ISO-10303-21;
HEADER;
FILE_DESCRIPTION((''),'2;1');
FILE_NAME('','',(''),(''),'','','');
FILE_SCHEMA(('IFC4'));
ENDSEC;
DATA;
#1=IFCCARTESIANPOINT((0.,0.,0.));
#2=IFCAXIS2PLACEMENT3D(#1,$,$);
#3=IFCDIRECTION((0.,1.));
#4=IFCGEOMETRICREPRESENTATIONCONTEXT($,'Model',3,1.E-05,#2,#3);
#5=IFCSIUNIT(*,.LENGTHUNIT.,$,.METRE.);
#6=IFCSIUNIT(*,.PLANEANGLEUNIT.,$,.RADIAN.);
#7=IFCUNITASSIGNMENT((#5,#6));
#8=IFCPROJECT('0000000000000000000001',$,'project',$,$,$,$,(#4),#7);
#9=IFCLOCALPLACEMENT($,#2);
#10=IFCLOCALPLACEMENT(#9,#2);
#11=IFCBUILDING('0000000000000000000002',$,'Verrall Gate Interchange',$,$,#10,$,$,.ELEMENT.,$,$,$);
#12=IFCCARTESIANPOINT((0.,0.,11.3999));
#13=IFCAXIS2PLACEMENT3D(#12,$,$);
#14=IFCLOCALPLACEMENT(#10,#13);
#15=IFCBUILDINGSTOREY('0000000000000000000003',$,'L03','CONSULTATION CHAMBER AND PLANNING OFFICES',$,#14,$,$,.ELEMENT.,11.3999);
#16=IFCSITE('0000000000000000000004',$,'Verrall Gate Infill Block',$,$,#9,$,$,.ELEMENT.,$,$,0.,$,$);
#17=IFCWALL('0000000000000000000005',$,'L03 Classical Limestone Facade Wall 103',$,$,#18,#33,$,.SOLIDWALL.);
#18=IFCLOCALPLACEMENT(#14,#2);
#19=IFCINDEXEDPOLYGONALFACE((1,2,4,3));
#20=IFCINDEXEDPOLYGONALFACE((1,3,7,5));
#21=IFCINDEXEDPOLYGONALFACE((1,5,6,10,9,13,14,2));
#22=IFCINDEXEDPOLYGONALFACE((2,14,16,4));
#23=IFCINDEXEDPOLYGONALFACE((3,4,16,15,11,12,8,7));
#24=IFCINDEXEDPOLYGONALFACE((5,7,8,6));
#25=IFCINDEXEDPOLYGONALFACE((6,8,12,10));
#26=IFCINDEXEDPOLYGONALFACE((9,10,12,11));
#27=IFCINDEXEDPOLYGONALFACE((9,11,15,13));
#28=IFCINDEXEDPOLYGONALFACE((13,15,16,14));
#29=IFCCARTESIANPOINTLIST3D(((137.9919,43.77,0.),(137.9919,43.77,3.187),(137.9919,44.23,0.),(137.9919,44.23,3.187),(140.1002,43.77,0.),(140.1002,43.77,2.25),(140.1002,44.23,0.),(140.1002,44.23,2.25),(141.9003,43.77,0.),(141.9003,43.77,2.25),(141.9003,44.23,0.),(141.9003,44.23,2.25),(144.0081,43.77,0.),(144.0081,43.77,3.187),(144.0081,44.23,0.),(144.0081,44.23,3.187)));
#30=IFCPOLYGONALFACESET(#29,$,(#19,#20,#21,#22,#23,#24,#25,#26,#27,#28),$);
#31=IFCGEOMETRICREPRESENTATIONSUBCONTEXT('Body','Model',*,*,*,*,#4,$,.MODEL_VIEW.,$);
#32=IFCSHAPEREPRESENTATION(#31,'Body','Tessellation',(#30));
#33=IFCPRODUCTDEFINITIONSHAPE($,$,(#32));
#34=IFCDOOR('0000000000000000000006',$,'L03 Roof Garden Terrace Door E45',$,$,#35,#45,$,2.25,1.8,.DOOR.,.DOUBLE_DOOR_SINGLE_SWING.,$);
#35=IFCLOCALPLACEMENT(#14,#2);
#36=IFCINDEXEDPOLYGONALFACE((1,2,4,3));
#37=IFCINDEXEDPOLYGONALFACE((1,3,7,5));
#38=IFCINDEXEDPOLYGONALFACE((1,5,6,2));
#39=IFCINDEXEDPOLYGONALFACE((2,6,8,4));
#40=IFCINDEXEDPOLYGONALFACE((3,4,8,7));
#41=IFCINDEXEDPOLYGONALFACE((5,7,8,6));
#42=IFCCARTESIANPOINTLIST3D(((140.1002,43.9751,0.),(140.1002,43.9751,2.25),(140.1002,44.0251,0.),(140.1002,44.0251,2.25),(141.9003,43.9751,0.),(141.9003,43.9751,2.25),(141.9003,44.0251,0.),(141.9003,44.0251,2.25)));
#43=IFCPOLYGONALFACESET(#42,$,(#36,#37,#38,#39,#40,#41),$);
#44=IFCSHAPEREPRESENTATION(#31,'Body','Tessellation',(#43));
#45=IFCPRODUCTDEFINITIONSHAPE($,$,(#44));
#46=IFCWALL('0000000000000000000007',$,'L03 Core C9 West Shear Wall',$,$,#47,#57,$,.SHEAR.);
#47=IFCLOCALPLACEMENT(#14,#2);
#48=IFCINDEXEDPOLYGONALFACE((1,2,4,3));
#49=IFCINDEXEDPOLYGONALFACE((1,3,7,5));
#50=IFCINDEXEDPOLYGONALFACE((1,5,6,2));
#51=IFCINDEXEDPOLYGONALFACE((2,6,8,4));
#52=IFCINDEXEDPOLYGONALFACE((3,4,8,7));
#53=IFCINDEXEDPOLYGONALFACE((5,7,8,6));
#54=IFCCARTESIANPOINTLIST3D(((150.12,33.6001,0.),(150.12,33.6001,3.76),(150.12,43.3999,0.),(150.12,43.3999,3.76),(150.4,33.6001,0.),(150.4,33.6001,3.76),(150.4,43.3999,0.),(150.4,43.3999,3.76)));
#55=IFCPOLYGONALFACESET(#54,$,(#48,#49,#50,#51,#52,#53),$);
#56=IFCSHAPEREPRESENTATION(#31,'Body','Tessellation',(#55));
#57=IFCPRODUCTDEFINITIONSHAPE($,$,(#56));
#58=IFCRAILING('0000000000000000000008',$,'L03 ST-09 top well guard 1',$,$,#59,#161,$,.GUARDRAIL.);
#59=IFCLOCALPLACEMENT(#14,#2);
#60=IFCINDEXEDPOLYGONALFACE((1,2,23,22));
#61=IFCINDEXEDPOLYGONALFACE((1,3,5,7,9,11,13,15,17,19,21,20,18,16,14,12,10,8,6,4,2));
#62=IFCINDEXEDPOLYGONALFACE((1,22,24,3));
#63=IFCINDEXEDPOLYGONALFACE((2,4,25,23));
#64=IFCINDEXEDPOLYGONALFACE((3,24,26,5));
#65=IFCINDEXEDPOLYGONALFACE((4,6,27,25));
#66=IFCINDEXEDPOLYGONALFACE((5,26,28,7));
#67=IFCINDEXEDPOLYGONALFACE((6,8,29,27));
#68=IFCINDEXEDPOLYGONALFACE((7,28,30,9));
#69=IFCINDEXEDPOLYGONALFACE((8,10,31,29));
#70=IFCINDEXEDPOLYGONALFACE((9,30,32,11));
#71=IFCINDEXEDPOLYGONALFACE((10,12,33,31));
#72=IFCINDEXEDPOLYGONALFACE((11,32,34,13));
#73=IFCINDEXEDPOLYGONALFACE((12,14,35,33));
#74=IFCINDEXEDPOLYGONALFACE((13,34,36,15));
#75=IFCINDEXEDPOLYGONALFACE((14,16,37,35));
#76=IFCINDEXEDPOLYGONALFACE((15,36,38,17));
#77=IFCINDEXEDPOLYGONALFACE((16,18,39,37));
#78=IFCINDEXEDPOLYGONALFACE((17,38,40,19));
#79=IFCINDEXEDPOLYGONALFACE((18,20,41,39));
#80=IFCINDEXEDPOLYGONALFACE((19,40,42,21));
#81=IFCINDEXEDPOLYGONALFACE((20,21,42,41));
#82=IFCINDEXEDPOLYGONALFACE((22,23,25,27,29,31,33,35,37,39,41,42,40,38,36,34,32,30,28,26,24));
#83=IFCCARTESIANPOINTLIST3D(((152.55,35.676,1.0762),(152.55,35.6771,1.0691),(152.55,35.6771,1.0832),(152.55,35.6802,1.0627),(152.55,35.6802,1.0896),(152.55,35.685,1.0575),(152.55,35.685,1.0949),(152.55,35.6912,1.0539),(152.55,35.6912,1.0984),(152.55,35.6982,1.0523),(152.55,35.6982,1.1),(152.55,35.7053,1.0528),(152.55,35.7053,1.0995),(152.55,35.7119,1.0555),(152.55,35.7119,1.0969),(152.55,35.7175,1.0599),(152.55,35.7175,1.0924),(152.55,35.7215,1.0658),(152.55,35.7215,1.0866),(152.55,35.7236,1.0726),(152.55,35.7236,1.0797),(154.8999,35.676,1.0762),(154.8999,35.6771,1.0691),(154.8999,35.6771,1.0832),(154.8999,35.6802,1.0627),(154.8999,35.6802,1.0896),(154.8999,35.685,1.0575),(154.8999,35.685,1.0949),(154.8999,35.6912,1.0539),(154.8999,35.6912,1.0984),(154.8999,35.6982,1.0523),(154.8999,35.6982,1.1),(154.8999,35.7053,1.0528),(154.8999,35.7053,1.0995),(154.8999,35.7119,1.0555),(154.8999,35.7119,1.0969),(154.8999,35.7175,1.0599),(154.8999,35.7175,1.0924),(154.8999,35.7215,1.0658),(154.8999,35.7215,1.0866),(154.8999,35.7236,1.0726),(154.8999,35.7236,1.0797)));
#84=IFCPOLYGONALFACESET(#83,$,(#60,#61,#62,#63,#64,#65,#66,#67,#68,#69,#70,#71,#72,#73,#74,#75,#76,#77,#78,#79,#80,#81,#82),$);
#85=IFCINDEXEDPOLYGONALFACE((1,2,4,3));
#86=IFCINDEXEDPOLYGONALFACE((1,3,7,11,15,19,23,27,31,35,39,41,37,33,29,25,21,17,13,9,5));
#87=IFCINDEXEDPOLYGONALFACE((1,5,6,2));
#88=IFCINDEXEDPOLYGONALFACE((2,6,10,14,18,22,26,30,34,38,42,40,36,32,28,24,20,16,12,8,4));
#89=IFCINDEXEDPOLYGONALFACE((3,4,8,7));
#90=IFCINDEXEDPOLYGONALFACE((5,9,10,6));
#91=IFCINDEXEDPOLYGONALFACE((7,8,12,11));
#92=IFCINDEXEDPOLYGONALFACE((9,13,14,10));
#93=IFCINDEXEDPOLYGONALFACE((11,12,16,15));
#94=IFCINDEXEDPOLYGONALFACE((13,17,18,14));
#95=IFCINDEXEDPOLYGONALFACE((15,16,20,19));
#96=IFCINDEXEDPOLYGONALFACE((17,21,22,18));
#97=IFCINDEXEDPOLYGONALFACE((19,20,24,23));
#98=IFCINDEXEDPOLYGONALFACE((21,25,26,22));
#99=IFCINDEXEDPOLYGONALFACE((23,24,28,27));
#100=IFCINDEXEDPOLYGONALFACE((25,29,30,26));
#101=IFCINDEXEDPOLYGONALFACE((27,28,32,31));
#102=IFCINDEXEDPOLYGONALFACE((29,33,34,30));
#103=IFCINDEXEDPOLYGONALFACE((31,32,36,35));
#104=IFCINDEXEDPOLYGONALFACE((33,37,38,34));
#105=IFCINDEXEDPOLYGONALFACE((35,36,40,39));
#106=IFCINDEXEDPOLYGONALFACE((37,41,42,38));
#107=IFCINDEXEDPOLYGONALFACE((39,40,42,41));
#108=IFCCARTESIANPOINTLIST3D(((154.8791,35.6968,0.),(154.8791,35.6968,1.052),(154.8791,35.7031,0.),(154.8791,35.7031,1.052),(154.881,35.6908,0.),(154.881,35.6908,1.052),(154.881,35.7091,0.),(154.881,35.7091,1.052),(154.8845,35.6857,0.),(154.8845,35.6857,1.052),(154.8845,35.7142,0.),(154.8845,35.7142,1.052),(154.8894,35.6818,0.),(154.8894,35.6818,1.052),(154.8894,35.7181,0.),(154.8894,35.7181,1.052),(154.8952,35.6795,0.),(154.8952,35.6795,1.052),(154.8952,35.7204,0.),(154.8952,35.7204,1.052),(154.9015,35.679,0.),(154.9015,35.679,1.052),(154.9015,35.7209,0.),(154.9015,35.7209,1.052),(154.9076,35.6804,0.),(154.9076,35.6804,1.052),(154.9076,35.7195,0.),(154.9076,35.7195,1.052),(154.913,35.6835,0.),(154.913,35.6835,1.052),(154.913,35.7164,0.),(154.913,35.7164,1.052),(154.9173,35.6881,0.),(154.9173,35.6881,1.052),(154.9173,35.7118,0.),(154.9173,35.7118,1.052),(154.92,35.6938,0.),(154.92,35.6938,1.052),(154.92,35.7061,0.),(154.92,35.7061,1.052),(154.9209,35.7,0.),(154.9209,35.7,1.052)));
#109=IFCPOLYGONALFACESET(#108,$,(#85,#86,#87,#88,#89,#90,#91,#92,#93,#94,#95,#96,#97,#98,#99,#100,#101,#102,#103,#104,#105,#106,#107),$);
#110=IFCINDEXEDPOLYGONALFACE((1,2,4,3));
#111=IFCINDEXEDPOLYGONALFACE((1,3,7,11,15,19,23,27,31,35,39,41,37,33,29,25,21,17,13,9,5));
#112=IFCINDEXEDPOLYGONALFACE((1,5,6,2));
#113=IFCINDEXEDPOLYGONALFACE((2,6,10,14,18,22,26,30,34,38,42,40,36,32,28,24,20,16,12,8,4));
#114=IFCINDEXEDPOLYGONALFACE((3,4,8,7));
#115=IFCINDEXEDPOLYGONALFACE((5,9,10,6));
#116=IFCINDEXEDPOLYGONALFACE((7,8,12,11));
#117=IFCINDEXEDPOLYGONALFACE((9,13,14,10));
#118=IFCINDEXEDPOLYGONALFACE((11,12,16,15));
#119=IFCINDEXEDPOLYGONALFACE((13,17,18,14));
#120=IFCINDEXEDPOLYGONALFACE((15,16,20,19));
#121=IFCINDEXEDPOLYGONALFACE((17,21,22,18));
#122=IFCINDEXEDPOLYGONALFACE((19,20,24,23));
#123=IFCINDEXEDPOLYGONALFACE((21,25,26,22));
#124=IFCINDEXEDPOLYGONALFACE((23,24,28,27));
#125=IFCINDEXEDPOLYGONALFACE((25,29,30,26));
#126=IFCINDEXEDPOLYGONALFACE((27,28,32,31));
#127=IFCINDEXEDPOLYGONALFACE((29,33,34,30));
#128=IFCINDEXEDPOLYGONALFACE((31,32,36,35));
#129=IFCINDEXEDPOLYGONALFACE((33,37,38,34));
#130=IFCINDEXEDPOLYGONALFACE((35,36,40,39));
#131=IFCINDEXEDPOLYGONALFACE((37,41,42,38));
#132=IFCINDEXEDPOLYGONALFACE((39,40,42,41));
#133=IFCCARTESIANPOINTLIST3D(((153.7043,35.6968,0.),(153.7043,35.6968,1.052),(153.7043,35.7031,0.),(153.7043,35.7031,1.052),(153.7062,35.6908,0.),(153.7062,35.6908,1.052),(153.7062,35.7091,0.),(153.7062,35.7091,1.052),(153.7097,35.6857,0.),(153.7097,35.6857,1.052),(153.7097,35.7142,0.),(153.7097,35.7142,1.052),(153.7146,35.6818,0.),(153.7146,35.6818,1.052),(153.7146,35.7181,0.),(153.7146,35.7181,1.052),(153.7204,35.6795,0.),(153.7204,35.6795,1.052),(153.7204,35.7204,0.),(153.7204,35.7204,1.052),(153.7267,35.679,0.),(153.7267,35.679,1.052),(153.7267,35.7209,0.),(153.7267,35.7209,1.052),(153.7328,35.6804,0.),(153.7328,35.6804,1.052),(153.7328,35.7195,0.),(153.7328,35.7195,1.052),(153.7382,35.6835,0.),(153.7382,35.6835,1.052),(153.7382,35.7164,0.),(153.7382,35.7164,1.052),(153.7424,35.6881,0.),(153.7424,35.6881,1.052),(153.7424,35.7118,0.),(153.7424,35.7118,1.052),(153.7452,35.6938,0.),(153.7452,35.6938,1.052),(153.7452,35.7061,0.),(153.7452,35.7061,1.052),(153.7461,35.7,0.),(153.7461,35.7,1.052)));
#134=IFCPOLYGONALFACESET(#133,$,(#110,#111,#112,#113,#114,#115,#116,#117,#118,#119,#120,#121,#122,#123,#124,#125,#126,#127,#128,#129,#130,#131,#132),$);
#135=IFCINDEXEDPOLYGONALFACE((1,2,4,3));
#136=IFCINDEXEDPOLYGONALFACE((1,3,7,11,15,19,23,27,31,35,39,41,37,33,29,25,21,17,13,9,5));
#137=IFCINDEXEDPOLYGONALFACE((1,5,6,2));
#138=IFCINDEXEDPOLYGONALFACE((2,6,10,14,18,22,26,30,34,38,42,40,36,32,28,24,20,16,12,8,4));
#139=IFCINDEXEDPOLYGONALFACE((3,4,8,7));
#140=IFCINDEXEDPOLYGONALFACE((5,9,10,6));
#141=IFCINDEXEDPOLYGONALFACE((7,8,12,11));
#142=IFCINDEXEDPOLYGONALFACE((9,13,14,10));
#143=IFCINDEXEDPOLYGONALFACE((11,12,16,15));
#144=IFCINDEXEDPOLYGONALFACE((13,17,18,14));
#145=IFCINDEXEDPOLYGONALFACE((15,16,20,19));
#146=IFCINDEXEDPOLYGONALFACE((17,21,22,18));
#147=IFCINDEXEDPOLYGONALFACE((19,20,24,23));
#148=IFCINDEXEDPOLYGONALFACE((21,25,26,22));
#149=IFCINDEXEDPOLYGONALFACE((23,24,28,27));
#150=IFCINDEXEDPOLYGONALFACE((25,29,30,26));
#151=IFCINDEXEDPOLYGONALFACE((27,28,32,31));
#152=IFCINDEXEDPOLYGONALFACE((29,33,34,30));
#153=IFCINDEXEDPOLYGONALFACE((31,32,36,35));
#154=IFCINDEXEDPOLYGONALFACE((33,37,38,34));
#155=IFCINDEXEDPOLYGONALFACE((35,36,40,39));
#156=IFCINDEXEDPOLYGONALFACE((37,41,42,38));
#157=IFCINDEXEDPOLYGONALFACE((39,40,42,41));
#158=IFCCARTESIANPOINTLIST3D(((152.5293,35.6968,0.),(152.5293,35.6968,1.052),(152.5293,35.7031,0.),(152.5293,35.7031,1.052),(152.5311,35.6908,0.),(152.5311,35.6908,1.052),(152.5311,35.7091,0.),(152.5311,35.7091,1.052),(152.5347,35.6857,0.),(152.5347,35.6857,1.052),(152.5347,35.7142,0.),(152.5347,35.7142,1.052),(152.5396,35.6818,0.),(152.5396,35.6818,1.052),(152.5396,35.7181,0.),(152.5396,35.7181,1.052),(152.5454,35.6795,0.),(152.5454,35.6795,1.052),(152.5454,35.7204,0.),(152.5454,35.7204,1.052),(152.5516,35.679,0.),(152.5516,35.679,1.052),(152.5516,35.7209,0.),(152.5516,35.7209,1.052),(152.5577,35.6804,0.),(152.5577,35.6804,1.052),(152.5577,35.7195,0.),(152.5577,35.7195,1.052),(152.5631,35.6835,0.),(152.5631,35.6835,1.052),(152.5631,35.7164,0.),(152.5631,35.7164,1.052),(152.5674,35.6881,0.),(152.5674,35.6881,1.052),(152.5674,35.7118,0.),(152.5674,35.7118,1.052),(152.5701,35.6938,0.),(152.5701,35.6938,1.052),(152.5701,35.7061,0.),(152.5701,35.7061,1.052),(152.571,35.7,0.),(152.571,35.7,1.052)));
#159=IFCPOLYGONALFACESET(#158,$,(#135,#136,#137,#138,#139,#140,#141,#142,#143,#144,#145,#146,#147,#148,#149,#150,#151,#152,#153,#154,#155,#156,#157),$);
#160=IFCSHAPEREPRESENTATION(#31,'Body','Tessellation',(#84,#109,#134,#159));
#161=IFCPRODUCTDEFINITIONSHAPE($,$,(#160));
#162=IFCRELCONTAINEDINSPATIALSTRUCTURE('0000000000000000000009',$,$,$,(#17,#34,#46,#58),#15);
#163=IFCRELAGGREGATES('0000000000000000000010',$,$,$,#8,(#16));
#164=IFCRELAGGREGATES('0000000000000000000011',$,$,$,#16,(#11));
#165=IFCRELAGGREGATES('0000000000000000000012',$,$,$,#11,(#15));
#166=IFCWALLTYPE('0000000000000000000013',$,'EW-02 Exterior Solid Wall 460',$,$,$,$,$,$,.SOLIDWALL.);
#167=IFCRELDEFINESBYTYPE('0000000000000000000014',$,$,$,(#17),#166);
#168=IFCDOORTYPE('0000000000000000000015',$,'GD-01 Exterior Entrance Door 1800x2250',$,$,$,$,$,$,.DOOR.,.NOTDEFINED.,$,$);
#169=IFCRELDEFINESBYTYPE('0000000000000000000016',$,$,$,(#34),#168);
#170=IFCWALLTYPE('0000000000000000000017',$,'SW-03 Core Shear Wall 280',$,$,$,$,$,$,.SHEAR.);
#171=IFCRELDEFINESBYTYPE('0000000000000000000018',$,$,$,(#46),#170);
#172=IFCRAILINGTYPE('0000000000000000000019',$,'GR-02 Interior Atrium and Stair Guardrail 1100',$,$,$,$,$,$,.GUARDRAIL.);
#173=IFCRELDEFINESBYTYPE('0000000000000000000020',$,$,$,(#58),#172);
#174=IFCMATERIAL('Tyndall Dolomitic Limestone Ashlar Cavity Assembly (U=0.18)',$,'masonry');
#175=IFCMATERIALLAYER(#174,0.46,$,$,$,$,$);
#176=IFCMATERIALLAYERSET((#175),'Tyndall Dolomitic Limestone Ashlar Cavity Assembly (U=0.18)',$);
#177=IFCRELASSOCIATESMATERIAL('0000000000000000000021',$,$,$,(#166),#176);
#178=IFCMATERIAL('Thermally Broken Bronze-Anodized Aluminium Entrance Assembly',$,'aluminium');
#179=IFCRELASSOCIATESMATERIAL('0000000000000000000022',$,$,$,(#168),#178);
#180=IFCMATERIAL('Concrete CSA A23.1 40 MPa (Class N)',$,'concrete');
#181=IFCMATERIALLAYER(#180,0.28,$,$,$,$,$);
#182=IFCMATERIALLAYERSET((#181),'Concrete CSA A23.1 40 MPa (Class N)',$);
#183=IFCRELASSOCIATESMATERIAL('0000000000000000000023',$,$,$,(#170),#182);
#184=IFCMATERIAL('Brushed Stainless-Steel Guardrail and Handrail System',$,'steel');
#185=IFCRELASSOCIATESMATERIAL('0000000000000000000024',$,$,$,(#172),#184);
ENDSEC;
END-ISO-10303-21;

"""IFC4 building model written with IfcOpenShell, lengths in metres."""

from ifc_helpers import new_model, si_unit, direction, frame, frame_2d, origin, origin_2d, place, context, subcontext, project, spatial, rectangle, circle, extrude, material, layer, layer_set, type_object, element, fill, save


model = new_model("IFC4")

# Units and contexts
model_context = context("Model", 3, precision=1e-05, world=origin(), true_north=direction((0.0, 1.0)))
body_context = subcontext(model_context, "Body", "Model", "MODEL_VIEW")
ifc_project = project(units=[si_unit("LENGTHUNIT", "METRE"), si_unit("PLANEANGLEUNIT", "RADIAN")], contexts=[model_context])

# Site, building, storey
site_placement = place(None, origin())
site = spatial("IfcSite", under=ifc_project, at=site_placement, Name="Verrall Gate Infill Block", CompositionType="ELEMENT", RefElevation=0.0)
building_placement = place(site_placement, origin())
building = spatial("IfcBuilding", under=site, at=building_placement, Name="Verrall Gate Interchange", CompositionType="ELEMENT")
storey_placement = place(building_placement, frame((0.0, 0.0, 11.3999)))
storey = spatial("IfcBuildingStorey", under=building, at=storey_placement, Name="L03", Description="CONSULTATION CHAMBER AND PLANNING OFFICES", CompositionType="ELEMENT", Elevation=11.3999)

# Shared definitions
ifc_material_1 = material(Name="Tyndall Dolomitic Limestone Ashlar Cavity Assembly (U=0.18)", Category="masonry")
ifc_layer_1 = layer(ifc_material_1, 0.46)
ifc_layer_set_1 = layer_set([ifc_layer_1], Name="Tyndall Dolomitic Limestone Ashlar Cavity Assembly (U=0.18)")
wall_type_1 = type_object("IfcWallType", Name="EW-02 Exterior Solid Wall 460", PredefinedType="SOLIDWALL", material=ifc_layer_set_1)

# Wall, opening, door
wall_1_placement = place(storey_placement, frame((144.0081, 44.0, 0.0), z_axis=(0.0, 0.0, 1.0), x_axis=(-1.0, 0.0, 0.0)))
wall_1 = element("IfcWall", 1, at=wall_1_placement, inside=storey, type_object=wall_type_1, Name="L03 Classical Limestone Facade Wall 103", PredefinedType="SOLIDWALL", context=body_context, shape_type="SweptSolid", body=[
    extrude(rectangle(XDim=6.0161, YDim=0.46, at=frame_2d((3.0081, 0.0))), origin(), (0.0, 0.0, 1.0), 3.187),
])
opening_1_placement = place(wall_1_placement, frame((2.1079, 0.0, 0.0)))
opening_1 = element("IfcOpeningElement", 2, at=opening_1_placement, cuts=wall_1, PredefinedType="OPENING", context=body_context, shape_type="SweptSolid", body=[
    extrude(rectangle(XDim=1.8, YDim=2.25, at=frame_2d((0.8999, 1.125))), frame((0.0, 0.2449, 0.0), z_axis=(0.0, -1.0, 0.0), x_axis=(1.0, 0.0, 0.0)), (0.0, 0.0, 1.0), 0.4897),
])
ifc_material_2 = material(Name="Thermally Broken Bronze-Anodized Aluminium Entrance Assembly", Category="aluminium")
door_type = type_object("IfcDoorType", Name="GD-01 Exterior Entrance Door 1800x2250", OperationType="NOTDEFINED", PredefinedType="DOOR", material=ifc_material_2)
door_placement = place(opening_1_placement, origin())
door = element("IfcDoor", 3, at=door_placement, inside=storey, type_object=door_type, Name="L03 Roof Garden Terrace Door E45", OperationType="DOUBLE_DOOR_SINGLE_SWING", OverallHeight=2.25, OverallWidth=1.8, PredefinedType="DOOR", context=body_context, shape_type="SweptSolid", body=[
    extrude(rectangle(XDim=1.8, YDim=2.25, at=frame_2d((0.8999, 1.125))), frame((0.0, 0.0249, 0.0), z_axis=(0.0, -1.0, 0.0), x_axis=(1.0, 0.0, 0.0)), (0.0, 0.0, 1.0), 0.05),
])
fill(opening_1, door)

# Wall
ifc_material_3 = material(Name="Concrete CSA A23.1 40 MPa (Class N)", Category="concrete")
ifc_layer_2 = layer(ifc_material_3, 0.28)
ifc_layer_set_2 = layer_set([ifc_layer_2], Name="Concrete CSA A23.1 40 MPa (Class N)")
wall_type_2 = type_object("IfcWallType", Name="SW-03 Core Shear Wall 280", PredefinedType="SHEAR", material=ifc_layer_set_2)
wall_2_placement = place(storey_placement, frame((150.26, 43.3999, 0.0), z_axis=(0.0, 0.0, 1.0), x_axis=(0.0, -1.0, 0.0)))
element("IfcWall", 4, at=wall_2_placement, inside=storey, type_object=wall_type_2, Name="L03 Core C9 West Shear Wall", PredefinedType="SHEAR", context=body_context, shape_type="SweptSolid", body=[
    extrude(rectangle(XDim=9.7998, YDim=0.28, at=frame_2d((4.8999, 0.0))), origin(), (0.0, 0.0, 1.0), 3.76),
])

# Railing
ifc_material_4 = material(Name="Brushed Stainless-Steel Guardrail and Handrail System", Category="steel")
railing_type = type_object("IfcRailingType", Name="GR-02 Interior Atrium and Stair Guardrail 1100", PredefinedType="GUARDRAIL", material=ifc_material_4)
railing_placement = place(storey_placement, frame((154.8999, 35.7, 0.0)))
element("IfcRailing", 5, at=railing_placement, inside=storey, type_object=railing_type, Name="L03 ST-09 top well guard 1", PredefinedType="GUARDRAIL", context=body_context, shape_type="SweptSolid", body=[
    extrude(circle(Radius=0.0239, at=origin_2d()), frame((0.0, 0.0, 1.0762), z_axis=(-1.0, 0.0, 0.0), x_axis=(0.0, -1.0, 0.0)), (0.0, 0.0, 1.0), 2.3499),
    extrude(circle(Radius=0.021, at=origin_2d()), origin(), (0.0, 0.0, 1.0), 1.052),
    extrude(circle(Radius=0.021, at=origin_2d()), frame((-1.1748, 0.0, 0.0)), (0.0, 0.0, 1.0), 1.052),
    extrude(circle(Radius=0.021, at=origin_2d()), frame((-2.3499, 0.0, 0.0)), (0.0, 0.0, 1.0), 1.052),
])

save(model, "model.ifc")
